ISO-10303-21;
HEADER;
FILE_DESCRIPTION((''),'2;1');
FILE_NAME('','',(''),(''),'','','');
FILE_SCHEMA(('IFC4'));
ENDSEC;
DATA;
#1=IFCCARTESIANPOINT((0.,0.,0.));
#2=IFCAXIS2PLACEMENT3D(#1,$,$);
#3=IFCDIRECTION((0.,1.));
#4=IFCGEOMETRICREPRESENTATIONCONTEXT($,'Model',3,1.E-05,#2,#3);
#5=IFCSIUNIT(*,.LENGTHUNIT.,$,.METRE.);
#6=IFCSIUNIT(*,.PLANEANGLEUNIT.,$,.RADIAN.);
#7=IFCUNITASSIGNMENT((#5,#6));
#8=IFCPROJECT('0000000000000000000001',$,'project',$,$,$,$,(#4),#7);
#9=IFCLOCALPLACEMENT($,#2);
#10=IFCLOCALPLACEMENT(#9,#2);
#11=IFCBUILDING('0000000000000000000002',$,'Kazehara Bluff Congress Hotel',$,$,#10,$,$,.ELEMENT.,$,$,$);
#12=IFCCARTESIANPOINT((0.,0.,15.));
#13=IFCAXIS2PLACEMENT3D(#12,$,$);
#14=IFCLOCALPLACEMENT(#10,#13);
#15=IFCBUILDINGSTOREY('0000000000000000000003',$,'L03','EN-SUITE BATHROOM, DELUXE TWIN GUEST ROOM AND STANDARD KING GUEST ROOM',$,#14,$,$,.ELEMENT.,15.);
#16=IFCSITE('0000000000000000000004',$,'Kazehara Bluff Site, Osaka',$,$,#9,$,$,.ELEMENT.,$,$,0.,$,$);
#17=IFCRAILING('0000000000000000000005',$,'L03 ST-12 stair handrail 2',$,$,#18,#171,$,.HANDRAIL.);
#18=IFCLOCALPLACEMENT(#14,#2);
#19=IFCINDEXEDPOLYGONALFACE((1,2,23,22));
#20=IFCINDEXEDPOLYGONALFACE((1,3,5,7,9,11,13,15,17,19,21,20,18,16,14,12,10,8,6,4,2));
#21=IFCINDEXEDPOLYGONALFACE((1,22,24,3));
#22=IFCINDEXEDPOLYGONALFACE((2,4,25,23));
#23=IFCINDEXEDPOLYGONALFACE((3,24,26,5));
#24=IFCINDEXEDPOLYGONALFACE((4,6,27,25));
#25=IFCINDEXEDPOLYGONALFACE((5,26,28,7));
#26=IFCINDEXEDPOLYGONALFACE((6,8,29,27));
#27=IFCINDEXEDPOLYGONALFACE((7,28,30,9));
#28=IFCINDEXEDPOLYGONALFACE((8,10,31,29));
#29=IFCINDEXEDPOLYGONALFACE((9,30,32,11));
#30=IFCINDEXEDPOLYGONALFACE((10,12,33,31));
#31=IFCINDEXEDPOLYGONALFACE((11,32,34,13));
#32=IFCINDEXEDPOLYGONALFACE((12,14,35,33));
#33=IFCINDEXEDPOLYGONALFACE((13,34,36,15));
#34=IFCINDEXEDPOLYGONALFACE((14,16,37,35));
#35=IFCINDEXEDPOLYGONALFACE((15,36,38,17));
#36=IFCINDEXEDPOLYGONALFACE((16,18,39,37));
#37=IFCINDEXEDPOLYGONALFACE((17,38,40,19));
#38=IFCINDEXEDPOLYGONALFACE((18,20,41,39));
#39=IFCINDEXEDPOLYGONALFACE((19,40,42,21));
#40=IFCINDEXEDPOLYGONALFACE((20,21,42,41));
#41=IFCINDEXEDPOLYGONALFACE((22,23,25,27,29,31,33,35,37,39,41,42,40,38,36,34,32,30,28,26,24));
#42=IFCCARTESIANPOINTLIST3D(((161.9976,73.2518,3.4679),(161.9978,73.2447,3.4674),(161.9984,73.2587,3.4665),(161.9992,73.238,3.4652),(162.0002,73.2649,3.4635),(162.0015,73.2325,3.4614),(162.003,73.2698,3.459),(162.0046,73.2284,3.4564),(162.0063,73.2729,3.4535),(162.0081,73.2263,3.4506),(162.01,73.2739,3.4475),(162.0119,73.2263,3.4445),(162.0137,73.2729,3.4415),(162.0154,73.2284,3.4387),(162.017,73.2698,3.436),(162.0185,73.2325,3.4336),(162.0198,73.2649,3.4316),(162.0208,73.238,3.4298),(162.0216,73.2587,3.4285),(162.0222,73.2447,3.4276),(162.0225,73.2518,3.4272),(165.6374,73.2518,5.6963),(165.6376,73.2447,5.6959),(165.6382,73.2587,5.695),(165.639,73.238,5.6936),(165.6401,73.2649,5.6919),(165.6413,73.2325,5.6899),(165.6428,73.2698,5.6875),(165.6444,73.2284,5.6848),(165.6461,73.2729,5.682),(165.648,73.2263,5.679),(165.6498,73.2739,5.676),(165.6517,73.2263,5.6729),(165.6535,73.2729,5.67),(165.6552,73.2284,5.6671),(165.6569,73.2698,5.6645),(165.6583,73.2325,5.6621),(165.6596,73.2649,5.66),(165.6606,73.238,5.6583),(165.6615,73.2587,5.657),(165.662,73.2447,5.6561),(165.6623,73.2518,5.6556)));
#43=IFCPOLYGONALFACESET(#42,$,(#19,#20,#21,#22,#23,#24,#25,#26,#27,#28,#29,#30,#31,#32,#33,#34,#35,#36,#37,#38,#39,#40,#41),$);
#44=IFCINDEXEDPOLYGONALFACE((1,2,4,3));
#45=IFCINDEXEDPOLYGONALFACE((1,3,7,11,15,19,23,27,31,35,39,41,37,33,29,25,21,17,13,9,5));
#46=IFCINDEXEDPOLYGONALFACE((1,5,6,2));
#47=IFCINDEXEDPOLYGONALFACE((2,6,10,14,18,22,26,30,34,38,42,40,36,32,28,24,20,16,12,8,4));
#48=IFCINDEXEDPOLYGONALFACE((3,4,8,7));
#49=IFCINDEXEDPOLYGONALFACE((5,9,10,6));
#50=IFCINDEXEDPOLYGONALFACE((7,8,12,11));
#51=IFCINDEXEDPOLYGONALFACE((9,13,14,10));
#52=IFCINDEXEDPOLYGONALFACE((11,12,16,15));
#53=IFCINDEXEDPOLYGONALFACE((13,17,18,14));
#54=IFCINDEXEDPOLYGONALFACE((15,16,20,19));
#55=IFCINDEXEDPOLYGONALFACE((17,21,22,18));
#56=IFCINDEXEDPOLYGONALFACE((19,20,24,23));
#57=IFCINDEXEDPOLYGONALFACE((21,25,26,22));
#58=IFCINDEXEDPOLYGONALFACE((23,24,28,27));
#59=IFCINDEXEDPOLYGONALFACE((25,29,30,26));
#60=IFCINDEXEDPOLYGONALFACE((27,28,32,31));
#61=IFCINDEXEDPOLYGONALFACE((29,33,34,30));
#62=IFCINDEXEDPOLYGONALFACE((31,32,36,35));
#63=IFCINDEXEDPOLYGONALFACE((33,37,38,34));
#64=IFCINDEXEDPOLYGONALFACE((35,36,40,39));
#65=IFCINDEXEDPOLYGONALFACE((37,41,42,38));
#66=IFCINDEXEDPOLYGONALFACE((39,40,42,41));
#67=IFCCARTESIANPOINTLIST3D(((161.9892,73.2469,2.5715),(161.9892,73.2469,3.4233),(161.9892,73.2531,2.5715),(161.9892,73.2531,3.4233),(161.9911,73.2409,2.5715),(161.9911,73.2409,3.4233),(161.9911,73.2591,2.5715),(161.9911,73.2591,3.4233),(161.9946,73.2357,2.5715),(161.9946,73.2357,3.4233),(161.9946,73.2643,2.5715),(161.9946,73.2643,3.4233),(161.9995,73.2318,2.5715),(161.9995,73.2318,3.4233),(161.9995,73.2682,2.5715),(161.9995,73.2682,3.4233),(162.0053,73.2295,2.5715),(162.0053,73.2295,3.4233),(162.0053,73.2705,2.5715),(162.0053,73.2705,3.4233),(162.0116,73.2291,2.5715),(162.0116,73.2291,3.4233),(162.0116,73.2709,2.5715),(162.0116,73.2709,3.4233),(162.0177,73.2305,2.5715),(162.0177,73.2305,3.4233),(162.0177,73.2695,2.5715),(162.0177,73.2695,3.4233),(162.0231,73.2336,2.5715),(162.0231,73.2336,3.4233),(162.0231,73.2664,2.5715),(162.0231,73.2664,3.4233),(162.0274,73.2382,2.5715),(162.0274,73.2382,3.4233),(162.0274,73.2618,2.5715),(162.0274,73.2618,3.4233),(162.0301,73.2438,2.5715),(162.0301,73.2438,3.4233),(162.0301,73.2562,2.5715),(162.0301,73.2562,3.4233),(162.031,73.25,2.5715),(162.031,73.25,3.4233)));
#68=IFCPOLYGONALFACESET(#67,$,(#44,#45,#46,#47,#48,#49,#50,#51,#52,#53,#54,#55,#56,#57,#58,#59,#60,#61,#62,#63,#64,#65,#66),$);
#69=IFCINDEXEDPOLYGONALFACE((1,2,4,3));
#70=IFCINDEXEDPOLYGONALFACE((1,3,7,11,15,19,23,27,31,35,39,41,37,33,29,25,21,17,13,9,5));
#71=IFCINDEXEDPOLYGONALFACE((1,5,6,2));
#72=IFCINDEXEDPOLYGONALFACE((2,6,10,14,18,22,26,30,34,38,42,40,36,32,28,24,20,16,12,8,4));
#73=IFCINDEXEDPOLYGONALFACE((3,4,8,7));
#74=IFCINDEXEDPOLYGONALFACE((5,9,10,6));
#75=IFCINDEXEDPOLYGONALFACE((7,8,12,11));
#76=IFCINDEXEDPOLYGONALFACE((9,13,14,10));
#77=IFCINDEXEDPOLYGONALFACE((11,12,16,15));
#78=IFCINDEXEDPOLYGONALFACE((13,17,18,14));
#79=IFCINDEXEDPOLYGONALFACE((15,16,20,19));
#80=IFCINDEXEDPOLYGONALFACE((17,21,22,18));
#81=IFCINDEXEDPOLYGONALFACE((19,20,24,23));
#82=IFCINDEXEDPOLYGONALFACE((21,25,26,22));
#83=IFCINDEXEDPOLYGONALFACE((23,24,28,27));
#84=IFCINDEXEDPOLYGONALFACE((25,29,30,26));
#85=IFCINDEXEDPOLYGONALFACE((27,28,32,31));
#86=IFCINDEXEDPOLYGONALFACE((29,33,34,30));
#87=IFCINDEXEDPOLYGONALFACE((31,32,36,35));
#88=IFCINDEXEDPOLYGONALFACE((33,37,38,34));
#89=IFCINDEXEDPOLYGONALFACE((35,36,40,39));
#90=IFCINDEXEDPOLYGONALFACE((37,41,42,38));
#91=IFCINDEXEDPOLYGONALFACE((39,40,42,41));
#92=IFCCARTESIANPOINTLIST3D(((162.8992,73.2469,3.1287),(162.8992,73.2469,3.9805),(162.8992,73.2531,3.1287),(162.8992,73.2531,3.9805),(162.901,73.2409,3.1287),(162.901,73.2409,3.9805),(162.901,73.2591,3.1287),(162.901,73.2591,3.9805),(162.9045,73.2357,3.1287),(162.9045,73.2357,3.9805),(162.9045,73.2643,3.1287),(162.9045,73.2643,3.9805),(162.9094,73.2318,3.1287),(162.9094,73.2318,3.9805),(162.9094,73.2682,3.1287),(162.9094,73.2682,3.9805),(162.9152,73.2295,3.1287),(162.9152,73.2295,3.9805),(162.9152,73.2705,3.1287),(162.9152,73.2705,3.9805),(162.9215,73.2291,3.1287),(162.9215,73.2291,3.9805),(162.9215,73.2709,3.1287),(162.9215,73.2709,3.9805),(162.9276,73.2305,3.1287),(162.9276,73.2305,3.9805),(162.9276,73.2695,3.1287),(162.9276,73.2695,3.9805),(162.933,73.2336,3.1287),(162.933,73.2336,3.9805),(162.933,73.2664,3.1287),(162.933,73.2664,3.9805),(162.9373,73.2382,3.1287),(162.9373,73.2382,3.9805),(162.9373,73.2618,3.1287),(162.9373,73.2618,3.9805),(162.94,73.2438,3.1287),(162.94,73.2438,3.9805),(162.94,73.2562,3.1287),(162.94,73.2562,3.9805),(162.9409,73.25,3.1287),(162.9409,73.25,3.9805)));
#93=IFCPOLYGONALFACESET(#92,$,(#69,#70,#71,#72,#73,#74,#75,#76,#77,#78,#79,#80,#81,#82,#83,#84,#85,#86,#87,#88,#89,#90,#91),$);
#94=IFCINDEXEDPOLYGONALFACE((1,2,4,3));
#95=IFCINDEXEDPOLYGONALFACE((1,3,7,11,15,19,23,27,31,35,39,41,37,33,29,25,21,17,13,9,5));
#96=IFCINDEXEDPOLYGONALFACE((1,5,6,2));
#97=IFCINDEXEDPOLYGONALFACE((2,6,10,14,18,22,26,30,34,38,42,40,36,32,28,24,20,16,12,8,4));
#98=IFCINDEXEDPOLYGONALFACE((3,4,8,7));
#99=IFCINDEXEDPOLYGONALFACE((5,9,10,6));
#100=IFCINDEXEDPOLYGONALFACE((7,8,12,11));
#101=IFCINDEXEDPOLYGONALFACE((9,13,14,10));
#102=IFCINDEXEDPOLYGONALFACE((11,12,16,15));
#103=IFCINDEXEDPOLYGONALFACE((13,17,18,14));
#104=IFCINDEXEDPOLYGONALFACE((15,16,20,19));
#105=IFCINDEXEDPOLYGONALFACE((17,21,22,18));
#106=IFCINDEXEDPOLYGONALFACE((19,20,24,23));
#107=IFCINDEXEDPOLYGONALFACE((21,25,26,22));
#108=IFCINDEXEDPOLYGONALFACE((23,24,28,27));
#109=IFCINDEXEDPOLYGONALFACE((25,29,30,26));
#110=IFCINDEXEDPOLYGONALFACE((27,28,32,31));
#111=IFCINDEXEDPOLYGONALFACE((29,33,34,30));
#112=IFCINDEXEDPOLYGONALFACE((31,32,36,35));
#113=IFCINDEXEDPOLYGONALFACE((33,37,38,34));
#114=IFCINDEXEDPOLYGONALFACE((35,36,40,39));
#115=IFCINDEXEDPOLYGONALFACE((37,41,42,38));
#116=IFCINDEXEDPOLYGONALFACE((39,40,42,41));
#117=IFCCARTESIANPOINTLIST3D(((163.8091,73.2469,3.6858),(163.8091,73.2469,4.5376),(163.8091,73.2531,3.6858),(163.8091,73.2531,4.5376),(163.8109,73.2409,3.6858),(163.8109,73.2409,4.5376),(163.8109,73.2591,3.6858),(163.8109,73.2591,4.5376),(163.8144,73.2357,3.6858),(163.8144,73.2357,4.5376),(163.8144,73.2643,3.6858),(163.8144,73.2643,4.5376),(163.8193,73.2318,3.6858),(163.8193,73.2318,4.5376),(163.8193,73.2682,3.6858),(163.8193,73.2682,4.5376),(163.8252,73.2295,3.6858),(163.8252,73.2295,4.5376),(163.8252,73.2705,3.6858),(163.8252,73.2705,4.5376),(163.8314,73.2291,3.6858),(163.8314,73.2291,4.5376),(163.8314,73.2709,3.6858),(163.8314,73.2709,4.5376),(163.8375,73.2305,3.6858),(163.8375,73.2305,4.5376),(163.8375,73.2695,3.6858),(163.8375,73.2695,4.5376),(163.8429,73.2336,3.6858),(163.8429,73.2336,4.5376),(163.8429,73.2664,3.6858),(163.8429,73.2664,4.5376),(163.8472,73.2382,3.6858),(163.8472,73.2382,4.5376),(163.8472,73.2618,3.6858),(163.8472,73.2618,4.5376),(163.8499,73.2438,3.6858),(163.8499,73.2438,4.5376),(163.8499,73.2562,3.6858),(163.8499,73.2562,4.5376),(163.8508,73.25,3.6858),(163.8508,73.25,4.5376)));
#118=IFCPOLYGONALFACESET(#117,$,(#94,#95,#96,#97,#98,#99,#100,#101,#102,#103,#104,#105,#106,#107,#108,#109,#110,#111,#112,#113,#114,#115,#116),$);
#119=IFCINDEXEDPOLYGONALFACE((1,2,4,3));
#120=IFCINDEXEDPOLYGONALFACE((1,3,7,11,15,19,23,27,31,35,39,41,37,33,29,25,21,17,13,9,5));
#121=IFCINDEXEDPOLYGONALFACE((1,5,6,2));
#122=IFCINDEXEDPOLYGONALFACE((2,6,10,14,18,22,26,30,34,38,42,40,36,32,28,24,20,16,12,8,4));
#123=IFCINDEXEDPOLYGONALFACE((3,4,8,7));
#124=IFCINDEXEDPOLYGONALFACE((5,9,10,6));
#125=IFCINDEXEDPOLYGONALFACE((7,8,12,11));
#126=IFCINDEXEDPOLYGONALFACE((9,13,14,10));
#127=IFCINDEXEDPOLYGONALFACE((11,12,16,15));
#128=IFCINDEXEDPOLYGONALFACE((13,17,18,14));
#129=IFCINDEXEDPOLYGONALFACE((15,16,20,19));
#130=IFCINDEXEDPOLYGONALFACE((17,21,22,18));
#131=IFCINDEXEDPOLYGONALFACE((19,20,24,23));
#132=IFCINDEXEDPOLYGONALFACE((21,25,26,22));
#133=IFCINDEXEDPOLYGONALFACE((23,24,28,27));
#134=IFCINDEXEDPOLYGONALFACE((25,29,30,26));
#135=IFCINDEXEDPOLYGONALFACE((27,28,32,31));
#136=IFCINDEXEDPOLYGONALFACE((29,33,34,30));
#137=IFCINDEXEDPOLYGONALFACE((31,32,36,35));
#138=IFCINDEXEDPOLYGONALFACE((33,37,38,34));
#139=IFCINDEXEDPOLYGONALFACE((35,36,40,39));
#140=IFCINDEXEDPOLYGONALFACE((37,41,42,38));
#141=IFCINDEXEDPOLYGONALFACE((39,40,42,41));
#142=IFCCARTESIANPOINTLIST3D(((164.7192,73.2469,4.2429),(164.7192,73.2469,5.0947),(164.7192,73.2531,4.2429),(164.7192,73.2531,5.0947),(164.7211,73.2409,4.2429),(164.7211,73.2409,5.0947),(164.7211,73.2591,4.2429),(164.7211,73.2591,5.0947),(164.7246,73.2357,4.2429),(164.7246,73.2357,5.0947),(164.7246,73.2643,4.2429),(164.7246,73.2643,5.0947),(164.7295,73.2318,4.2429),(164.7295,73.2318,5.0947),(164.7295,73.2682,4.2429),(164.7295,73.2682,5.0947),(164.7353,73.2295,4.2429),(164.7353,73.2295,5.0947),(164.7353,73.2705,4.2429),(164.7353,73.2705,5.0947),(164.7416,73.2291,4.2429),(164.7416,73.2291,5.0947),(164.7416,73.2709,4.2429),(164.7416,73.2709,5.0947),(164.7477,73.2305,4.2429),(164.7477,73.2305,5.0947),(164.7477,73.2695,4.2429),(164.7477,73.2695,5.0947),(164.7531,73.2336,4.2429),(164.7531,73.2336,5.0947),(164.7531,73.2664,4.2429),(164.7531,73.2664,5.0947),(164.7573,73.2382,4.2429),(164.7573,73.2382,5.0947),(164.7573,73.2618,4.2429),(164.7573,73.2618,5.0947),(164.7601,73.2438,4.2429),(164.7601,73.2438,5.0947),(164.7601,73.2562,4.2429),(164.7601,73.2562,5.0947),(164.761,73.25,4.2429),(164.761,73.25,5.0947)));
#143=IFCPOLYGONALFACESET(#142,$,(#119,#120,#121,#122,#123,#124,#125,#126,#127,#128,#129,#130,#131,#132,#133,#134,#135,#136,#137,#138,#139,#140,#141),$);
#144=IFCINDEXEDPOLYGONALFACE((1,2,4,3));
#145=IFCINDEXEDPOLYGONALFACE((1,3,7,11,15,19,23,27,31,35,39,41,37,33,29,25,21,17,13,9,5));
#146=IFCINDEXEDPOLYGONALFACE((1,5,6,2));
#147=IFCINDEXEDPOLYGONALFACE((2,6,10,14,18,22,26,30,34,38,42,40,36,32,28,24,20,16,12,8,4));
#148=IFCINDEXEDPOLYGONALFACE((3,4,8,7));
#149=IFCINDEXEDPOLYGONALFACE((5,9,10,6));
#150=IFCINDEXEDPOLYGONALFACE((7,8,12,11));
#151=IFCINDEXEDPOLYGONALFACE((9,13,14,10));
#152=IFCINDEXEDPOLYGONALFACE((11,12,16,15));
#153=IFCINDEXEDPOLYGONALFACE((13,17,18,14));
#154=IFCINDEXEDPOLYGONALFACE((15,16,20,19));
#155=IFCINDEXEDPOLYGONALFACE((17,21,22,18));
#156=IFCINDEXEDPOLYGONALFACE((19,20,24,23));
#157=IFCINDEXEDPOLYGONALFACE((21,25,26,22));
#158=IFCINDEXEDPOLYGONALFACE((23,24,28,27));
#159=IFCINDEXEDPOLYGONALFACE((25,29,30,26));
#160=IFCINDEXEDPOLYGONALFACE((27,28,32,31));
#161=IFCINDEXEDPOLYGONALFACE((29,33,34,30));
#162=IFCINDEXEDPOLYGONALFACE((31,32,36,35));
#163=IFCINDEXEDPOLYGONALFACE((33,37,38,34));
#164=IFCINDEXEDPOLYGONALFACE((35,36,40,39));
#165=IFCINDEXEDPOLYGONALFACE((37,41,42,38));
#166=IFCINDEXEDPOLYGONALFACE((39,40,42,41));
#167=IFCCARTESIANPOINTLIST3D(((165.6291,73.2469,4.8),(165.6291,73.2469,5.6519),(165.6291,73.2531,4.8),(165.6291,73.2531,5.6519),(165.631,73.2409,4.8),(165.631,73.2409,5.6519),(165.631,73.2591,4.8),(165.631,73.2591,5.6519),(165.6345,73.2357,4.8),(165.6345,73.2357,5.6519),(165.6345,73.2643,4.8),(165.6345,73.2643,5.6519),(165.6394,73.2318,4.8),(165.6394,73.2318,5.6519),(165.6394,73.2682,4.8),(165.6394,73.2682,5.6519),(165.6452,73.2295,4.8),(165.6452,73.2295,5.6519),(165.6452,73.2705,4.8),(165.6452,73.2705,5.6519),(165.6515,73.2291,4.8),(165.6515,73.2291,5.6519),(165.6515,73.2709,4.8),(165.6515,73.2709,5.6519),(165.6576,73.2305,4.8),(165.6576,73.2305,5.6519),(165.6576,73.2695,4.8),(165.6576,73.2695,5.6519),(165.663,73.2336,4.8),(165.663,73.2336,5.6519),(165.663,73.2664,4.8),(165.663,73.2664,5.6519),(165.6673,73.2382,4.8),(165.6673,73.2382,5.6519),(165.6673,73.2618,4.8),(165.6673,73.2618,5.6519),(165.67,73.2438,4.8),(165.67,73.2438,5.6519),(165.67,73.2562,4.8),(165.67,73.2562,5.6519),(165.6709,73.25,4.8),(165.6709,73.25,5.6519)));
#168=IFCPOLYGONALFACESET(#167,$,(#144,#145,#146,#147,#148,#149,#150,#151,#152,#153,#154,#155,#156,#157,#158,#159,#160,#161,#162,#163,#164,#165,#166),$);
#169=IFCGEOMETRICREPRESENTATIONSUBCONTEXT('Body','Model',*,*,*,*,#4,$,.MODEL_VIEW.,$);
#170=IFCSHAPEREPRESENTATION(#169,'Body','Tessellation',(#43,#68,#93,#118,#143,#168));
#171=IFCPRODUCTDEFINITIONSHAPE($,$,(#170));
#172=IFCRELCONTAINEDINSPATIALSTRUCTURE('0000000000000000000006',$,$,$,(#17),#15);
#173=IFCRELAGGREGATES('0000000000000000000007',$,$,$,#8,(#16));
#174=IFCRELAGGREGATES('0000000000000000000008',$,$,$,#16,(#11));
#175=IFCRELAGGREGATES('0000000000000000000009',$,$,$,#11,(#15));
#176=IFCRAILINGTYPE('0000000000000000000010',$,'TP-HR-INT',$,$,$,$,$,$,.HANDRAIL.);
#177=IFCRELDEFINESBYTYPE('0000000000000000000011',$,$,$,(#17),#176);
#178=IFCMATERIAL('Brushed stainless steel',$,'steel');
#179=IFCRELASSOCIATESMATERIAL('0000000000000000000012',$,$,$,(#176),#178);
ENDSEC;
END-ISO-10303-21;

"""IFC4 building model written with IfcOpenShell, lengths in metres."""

from ifc_helpers import new_model, si_unit, direction, frame, origin, origin_2d, place, context, subcontext, project, spatial, circle, extrude, material, type_object, element, save


model = new_model("IFC4")

# Units and contexts
model_context = context("Model", 3, precision=1e-05, world=origin(), true_north=direction((0.0, 1.0)))
body_context = subcontext(model_context, "Body", "Model", "MODEL_VIEW")
ifc_project = project(units=[si_unit("LENGTHUNIT", "METRE"), si_unit("PLANEANGLEUNIT", "RADIAN")], contexts=[model_context])

# Site, building, storey
site_placement = place(None, origin())
site = spatial("IfcSite", under=ifc_project, at=site_placement, Name="Kazehara Bluff Site, Osaka", CompositionType="ELEMENT", RefElevation=0.0)
building_placement = place(site_placement, origin())
building = spatial("IfcBuilding", under=site, at=building_placement, Name="Kazehara Bluff Congress Hotel", CompositionType="ELEMENT")
storey_placement = place(building_placement, frame((0.0, 0.0, 15.0)))
storey = spatial("IfcBuildingStorey", under=building, at=storey_placement, Name="L03", Description="EN-SUITE BATHROOM, DELUXE TWIN GUEST ROOM AND STANDARD KING GUEST ROOM", CompositionType="ELEMENT", Elevation=15.0)

# Railing
ifc_material_1 = material(Name="Brushed stainless steel", Category="steel")
railing_type = type_object("IfcRailingType", Name="TP-HR-INT", PredefinedType="HANDRAIL", material=ifc_material_1)
railing_placement = place(storey_placement, frame((162.01, 73.25, 2.5715)))
element("IfcRailing", 1, at=railing_placement, inside=storey, type_object=railing_type, Name="L03 ST-12 stair handrail 2", PredefinedType="HANDRAIL", context=body_context, shape_type="SweptSolid", body=[
    extrude(circle(Radius=0.0239, at=origin_2d()), frame((0.0, 0.0, 0.876), z_axis=(0.85285, 0.0, 0.522156), x_axis=(0.0, 1.0, 0.0)), (0.0, 0.0, 1.0), 4.2678),
    extrude(circle(Radius=0.021, at=origin_2d()), origin(), (0.0, 0.0, 1.0), 0.8518),
    extrude(circle(Radius=0.021, at=origin_2d()), frame((0.9099, 0.0, 0.5571)), (0.0, 0.0, 1.0), 0.8518),
    extrude(circle(Radius=0.021, at=origin_2d()), frame((1.8198, 0.0, 1.1143)), (0.0, 0.0, 1.0), 0.8518),
    extrude(circle(Radius=0.021, at=origin_2d()), frame((2.73, 0.0, 1.6714)), (0.0, 0.0, 1.0), 0.8518),
    extrude(circle(Radius=0.021, at=origin_2d()), frame((3.6399, 0.0, 2.2285)), (0.0, 0.0, 1.0), 0.8518),
])

save(model, "model.ifc")
